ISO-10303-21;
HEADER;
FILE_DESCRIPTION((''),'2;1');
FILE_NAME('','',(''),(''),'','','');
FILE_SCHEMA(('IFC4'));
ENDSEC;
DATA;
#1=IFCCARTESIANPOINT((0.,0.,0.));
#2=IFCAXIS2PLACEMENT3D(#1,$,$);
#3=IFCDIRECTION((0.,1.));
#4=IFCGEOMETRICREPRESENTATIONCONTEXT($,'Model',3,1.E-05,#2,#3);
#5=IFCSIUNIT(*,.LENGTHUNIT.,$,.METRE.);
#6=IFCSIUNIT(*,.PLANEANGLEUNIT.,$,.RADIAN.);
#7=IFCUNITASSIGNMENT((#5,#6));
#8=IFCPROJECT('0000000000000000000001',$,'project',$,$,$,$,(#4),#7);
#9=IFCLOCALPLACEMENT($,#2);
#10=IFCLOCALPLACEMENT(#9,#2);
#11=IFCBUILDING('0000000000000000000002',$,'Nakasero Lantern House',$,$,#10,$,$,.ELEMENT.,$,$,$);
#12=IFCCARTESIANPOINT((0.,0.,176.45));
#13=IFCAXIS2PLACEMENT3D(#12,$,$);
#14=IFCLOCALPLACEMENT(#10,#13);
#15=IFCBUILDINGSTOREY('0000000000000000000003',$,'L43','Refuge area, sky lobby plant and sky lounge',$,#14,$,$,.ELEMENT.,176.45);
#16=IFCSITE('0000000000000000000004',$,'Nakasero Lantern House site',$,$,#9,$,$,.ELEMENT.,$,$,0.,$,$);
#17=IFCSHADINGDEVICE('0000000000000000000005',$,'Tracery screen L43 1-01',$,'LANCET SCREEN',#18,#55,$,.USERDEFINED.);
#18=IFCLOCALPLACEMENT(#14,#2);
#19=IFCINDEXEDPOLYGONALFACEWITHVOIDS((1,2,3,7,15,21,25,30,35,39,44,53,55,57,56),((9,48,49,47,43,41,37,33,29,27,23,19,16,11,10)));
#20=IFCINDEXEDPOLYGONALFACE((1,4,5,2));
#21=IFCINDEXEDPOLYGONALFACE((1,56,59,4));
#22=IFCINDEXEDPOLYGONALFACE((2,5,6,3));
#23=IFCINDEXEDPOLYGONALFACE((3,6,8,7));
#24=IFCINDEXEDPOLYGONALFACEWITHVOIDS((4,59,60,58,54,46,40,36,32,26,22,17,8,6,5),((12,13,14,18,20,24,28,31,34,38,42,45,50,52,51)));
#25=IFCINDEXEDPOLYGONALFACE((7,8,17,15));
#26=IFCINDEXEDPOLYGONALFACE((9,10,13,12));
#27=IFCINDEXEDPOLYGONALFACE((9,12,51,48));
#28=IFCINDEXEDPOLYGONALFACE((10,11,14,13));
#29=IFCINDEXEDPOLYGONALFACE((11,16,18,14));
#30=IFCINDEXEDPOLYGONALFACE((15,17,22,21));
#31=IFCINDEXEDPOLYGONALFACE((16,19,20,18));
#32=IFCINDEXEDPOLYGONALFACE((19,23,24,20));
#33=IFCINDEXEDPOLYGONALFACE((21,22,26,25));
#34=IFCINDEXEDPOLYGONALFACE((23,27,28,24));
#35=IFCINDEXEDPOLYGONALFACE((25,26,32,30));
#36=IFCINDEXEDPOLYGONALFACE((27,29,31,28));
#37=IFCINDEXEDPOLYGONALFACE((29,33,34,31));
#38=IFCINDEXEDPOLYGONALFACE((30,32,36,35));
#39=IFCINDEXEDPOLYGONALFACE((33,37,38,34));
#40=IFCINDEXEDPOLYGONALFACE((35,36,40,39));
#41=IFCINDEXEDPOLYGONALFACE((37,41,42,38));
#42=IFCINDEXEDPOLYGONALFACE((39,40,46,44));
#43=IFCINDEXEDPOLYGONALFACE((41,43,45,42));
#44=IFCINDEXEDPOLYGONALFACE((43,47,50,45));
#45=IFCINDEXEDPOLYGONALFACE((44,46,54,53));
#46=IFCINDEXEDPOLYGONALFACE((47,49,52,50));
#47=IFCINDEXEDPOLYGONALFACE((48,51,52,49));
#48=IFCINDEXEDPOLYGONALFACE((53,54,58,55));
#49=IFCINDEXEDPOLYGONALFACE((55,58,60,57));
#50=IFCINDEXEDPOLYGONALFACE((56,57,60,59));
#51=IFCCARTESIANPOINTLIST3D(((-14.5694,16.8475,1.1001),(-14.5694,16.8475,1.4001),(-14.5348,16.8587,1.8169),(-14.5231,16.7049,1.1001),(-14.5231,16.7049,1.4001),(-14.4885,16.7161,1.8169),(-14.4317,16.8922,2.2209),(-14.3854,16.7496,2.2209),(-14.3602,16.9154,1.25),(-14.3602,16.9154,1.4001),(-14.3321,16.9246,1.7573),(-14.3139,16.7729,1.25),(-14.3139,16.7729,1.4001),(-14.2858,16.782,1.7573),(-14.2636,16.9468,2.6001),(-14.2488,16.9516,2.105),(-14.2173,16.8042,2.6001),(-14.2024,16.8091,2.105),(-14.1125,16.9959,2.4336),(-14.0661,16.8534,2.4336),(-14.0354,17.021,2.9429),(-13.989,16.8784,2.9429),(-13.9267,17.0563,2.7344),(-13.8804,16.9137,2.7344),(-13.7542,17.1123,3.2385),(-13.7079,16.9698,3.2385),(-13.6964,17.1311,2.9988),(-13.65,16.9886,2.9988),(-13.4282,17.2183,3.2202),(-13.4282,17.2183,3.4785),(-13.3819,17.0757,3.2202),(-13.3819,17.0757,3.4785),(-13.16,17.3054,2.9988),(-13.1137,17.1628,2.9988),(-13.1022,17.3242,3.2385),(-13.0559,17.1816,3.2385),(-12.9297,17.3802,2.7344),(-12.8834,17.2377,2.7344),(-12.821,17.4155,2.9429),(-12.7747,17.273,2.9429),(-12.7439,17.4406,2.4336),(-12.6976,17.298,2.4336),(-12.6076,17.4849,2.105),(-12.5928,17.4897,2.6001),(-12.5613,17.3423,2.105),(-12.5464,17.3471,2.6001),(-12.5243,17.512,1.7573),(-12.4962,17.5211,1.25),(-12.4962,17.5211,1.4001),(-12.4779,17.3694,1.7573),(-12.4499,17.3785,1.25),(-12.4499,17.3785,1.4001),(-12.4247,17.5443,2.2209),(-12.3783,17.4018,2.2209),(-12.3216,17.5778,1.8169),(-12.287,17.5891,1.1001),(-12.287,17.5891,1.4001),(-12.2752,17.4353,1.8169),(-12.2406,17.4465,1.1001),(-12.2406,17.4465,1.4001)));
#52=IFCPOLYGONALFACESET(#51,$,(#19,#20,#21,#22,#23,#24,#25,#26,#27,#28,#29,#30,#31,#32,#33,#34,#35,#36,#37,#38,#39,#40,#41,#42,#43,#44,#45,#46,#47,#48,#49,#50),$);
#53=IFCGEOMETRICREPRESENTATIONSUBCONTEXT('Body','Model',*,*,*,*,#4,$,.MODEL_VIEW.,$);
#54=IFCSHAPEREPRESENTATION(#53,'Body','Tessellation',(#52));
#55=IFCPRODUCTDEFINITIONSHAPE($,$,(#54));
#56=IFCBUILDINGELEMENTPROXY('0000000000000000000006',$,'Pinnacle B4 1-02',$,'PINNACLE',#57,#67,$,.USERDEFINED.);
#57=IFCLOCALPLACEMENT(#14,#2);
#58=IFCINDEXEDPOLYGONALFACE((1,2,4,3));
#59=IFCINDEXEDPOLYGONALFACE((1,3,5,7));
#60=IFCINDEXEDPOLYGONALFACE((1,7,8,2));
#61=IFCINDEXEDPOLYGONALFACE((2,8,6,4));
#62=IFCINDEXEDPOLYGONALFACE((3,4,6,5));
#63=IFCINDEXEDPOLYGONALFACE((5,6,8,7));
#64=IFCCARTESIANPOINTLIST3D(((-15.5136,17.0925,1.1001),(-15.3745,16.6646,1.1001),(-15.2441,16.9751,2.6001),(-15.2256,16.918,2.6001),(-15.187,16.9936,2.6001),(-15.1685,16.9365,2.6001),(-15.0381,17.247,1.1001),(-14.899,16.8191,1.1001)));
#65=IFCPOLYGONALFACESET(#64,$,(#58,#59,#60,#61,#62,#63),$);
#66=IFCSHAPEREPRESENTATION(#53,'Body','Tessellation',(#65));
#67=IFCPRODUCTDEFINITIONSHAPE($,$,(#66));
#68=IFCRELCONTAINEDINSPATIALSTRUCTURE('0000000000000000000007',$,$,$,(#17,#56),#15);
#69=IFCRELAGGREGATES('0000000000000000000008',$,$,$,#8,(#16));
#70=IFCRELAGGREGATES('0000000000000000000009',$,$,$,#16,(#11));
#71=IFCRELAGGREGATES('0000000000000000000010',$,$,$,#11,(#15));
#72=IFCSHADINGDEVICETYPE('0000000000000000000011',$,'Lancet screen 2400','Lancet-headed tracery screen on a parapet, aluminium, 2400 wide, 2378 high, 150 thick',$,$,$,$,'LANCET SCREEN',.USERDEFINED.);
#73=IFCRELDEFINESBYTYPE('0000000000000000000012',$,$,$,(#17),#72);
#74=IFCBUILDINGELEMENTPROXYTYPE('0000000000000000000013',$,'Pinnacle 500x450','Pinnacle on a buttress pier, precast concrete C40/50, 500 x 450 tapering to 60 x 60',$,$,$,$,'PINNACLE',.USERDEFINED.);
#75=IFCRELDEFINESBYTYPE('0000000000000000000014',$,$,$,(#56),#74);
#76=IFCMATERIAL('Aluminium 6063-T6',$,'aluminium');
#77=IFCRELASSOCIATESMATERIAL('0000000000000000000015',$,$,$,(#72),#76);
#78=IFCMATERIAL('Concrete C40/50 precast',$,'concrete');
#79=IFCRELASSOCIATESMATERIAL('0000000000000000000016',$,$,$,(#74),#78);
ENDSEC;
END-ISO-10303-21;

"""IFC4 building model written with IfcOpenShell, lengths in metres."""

from ifc_helpers import new_model, entity, si_unit, direction, frame, origin, place, context, subcontext, project, spatial, polyline, outline, extrude, material, type_object, element, save


model = new_model("IFC4")

# Units and contexts
model_context = context("Model", 3, precision=1e-05, world=origin(), true_north=direction((0.0, 1.0)))
body_context = subcontext(model_context, "Body", "Model", "MODEL_VIEW")
ifc_project = project(units=[si_unit("LENGTHUNIT", "METRE"), si_unit("PLANEANGLEUNIT", "RADIAN")], contexts=[model_context])

# Site, building, storey
site_placement = place(None, origin())
site = spatial("IfcSite", under=ifc_project, at=site_placement, Name="Nakasero Lantern House site", CompositionType="ELEMENT", RefElevation=0.0)
building_placement = place(site_placement, origin())
building = spatial("IfcBuilding", under=site, at=building_placement, Name="Nakasero Lantern House", CompositionType="ELEMENT")
storey_placement = place(building_placement, frame((0.0, 0.0, 176.45)))
storey = spatial("IfcBuildingStorey", under=building, at=storey_placement, Name="L43", Description="Refuge area, sky lobby plant and sky lounge", CompositionType="ELEMENT", Elevation=176.45)

# Shading device
ifc_material_1 = material(Name="Aluminium 6063-T6", Category="aluminium")
shading_device_type = type_object("IfcShadingDeviceType", Name="Lancet screen 2400", Description="Lancet-headed tracery screen on a parapet, aluminium, 2400 wide, 2378 high, 150 thick", ElementType="LANCET SCREEN", PredefinedType="USERDEFINED", material=ifc_material_1)
shading_device_placement = place(storey_placement, frame((-13.405, 17.147, 1.1001), z_axis=(0.0, 0.0, 1.0), x_axis=(-0.951057, -0.309017, 0.0)))
element("IfcShadingDevice", 1, at=shading_device_placement, inside=storey, type_object=shading_device_type, Name="Tracery screen L43 1-01", ObjectType="LANCET SCREEN", PredefinedType="USERDEFINED", context=body_context, shape_type="SweptSolid", body=[
    extrude(outline(polyline([(-1.2, 0.0), (1.2, 0.0), (1.2, 0.3), (1.1636, 0.7168), (1.0552, 1.1208), (0.8784, 1.5), (0.6384, 1.8428), (0.3428, 2.1384), (0.0, 2.3784), (-0.3428, 2.1384), (-0.6384, 1.8428), (-0.8784, 1.5), (-1.0552, 1.1208), (-1.1636, 0.7168), (-1.2, 0.3), (-1.2, 0.0)]), holes=[polyline([(-0.98, 0.1499), (0.98, 0.1499), (0.98, 0.3), (0.9504, 0.6572), (0.8628, 1.0049), (0.7195, 1.3335), (0.5242, 1.6343), (0.282, 1.8987), (0.0, 2.1201), (-0.282, 1.8987), (-0.5242, 1.6343), (-0.7195, 1.3335), (-0.8628, 1.0049), (-0.9504, 0.6572), (-0.98, 0.3), (-0.98, 0.1499)])]), frame((0.0, 0.075, 0.0), z_axis=(0.0, -1.0, 0.0), x_axis=(1.0, 0.0, 0.0)), (0.0, 0.0, 1.0), 0.1499),
])

# Building element proxy
ifc_material_2 = material(Name="Concrete C40/50 precast", Category="concrete")
building_element_proxy_type = type_object("IfcBuildingElementProxyType", Name="Pinnacle 500x450", Description="Pinnacle on a buttress pier, precast concrete C40/50, 500 x 450 tapering to 60 x 60", ElementType="PINNACLE", PredefinedType="USERDEFINED", material=ifc_material_2)
proxy_placement = place(storey_placement, frame((-15.2063, 16.9558, 1.1001), z_axis=(0.0, 0.0, 1.0), x_axis=(-0.309017, 0.951057, 0.0)))
element("IfcBuildingElementProxy", 2, at=proxy_placement, inside=storey, type_object=building_element_proxy_type, Name="Pinnacle B4 1-02", ObjectType="PINNACLE", PredefinedType="USERDEFINED", context=body_context, shape_type="SweptSolid", body=[
    entity("IfcExtrudedAreaSolidTapered", entity("IfcRectangleProfileDef", "AREA", None, entity("IfcAxis2Placement2D", entity("IfcCartesianPoint", [0.0, 0.0])), 0.45, 0.5), entity("IfcAxis2Placement3D", entity("IfcCartesianPoint", [0.0, 0.0, 0.0])), entity("IfcDirection", [0.0, 0.0, 1.0]), 1.5, entity("IfcRectangleProfileDef", "AREA", None, entity("IfcAxis2Placement2D", entity("IfcCartesianPoint", [0.0, 0.0])), 0.0601, 0.0601)),
])

save(model, "model.ifc")
